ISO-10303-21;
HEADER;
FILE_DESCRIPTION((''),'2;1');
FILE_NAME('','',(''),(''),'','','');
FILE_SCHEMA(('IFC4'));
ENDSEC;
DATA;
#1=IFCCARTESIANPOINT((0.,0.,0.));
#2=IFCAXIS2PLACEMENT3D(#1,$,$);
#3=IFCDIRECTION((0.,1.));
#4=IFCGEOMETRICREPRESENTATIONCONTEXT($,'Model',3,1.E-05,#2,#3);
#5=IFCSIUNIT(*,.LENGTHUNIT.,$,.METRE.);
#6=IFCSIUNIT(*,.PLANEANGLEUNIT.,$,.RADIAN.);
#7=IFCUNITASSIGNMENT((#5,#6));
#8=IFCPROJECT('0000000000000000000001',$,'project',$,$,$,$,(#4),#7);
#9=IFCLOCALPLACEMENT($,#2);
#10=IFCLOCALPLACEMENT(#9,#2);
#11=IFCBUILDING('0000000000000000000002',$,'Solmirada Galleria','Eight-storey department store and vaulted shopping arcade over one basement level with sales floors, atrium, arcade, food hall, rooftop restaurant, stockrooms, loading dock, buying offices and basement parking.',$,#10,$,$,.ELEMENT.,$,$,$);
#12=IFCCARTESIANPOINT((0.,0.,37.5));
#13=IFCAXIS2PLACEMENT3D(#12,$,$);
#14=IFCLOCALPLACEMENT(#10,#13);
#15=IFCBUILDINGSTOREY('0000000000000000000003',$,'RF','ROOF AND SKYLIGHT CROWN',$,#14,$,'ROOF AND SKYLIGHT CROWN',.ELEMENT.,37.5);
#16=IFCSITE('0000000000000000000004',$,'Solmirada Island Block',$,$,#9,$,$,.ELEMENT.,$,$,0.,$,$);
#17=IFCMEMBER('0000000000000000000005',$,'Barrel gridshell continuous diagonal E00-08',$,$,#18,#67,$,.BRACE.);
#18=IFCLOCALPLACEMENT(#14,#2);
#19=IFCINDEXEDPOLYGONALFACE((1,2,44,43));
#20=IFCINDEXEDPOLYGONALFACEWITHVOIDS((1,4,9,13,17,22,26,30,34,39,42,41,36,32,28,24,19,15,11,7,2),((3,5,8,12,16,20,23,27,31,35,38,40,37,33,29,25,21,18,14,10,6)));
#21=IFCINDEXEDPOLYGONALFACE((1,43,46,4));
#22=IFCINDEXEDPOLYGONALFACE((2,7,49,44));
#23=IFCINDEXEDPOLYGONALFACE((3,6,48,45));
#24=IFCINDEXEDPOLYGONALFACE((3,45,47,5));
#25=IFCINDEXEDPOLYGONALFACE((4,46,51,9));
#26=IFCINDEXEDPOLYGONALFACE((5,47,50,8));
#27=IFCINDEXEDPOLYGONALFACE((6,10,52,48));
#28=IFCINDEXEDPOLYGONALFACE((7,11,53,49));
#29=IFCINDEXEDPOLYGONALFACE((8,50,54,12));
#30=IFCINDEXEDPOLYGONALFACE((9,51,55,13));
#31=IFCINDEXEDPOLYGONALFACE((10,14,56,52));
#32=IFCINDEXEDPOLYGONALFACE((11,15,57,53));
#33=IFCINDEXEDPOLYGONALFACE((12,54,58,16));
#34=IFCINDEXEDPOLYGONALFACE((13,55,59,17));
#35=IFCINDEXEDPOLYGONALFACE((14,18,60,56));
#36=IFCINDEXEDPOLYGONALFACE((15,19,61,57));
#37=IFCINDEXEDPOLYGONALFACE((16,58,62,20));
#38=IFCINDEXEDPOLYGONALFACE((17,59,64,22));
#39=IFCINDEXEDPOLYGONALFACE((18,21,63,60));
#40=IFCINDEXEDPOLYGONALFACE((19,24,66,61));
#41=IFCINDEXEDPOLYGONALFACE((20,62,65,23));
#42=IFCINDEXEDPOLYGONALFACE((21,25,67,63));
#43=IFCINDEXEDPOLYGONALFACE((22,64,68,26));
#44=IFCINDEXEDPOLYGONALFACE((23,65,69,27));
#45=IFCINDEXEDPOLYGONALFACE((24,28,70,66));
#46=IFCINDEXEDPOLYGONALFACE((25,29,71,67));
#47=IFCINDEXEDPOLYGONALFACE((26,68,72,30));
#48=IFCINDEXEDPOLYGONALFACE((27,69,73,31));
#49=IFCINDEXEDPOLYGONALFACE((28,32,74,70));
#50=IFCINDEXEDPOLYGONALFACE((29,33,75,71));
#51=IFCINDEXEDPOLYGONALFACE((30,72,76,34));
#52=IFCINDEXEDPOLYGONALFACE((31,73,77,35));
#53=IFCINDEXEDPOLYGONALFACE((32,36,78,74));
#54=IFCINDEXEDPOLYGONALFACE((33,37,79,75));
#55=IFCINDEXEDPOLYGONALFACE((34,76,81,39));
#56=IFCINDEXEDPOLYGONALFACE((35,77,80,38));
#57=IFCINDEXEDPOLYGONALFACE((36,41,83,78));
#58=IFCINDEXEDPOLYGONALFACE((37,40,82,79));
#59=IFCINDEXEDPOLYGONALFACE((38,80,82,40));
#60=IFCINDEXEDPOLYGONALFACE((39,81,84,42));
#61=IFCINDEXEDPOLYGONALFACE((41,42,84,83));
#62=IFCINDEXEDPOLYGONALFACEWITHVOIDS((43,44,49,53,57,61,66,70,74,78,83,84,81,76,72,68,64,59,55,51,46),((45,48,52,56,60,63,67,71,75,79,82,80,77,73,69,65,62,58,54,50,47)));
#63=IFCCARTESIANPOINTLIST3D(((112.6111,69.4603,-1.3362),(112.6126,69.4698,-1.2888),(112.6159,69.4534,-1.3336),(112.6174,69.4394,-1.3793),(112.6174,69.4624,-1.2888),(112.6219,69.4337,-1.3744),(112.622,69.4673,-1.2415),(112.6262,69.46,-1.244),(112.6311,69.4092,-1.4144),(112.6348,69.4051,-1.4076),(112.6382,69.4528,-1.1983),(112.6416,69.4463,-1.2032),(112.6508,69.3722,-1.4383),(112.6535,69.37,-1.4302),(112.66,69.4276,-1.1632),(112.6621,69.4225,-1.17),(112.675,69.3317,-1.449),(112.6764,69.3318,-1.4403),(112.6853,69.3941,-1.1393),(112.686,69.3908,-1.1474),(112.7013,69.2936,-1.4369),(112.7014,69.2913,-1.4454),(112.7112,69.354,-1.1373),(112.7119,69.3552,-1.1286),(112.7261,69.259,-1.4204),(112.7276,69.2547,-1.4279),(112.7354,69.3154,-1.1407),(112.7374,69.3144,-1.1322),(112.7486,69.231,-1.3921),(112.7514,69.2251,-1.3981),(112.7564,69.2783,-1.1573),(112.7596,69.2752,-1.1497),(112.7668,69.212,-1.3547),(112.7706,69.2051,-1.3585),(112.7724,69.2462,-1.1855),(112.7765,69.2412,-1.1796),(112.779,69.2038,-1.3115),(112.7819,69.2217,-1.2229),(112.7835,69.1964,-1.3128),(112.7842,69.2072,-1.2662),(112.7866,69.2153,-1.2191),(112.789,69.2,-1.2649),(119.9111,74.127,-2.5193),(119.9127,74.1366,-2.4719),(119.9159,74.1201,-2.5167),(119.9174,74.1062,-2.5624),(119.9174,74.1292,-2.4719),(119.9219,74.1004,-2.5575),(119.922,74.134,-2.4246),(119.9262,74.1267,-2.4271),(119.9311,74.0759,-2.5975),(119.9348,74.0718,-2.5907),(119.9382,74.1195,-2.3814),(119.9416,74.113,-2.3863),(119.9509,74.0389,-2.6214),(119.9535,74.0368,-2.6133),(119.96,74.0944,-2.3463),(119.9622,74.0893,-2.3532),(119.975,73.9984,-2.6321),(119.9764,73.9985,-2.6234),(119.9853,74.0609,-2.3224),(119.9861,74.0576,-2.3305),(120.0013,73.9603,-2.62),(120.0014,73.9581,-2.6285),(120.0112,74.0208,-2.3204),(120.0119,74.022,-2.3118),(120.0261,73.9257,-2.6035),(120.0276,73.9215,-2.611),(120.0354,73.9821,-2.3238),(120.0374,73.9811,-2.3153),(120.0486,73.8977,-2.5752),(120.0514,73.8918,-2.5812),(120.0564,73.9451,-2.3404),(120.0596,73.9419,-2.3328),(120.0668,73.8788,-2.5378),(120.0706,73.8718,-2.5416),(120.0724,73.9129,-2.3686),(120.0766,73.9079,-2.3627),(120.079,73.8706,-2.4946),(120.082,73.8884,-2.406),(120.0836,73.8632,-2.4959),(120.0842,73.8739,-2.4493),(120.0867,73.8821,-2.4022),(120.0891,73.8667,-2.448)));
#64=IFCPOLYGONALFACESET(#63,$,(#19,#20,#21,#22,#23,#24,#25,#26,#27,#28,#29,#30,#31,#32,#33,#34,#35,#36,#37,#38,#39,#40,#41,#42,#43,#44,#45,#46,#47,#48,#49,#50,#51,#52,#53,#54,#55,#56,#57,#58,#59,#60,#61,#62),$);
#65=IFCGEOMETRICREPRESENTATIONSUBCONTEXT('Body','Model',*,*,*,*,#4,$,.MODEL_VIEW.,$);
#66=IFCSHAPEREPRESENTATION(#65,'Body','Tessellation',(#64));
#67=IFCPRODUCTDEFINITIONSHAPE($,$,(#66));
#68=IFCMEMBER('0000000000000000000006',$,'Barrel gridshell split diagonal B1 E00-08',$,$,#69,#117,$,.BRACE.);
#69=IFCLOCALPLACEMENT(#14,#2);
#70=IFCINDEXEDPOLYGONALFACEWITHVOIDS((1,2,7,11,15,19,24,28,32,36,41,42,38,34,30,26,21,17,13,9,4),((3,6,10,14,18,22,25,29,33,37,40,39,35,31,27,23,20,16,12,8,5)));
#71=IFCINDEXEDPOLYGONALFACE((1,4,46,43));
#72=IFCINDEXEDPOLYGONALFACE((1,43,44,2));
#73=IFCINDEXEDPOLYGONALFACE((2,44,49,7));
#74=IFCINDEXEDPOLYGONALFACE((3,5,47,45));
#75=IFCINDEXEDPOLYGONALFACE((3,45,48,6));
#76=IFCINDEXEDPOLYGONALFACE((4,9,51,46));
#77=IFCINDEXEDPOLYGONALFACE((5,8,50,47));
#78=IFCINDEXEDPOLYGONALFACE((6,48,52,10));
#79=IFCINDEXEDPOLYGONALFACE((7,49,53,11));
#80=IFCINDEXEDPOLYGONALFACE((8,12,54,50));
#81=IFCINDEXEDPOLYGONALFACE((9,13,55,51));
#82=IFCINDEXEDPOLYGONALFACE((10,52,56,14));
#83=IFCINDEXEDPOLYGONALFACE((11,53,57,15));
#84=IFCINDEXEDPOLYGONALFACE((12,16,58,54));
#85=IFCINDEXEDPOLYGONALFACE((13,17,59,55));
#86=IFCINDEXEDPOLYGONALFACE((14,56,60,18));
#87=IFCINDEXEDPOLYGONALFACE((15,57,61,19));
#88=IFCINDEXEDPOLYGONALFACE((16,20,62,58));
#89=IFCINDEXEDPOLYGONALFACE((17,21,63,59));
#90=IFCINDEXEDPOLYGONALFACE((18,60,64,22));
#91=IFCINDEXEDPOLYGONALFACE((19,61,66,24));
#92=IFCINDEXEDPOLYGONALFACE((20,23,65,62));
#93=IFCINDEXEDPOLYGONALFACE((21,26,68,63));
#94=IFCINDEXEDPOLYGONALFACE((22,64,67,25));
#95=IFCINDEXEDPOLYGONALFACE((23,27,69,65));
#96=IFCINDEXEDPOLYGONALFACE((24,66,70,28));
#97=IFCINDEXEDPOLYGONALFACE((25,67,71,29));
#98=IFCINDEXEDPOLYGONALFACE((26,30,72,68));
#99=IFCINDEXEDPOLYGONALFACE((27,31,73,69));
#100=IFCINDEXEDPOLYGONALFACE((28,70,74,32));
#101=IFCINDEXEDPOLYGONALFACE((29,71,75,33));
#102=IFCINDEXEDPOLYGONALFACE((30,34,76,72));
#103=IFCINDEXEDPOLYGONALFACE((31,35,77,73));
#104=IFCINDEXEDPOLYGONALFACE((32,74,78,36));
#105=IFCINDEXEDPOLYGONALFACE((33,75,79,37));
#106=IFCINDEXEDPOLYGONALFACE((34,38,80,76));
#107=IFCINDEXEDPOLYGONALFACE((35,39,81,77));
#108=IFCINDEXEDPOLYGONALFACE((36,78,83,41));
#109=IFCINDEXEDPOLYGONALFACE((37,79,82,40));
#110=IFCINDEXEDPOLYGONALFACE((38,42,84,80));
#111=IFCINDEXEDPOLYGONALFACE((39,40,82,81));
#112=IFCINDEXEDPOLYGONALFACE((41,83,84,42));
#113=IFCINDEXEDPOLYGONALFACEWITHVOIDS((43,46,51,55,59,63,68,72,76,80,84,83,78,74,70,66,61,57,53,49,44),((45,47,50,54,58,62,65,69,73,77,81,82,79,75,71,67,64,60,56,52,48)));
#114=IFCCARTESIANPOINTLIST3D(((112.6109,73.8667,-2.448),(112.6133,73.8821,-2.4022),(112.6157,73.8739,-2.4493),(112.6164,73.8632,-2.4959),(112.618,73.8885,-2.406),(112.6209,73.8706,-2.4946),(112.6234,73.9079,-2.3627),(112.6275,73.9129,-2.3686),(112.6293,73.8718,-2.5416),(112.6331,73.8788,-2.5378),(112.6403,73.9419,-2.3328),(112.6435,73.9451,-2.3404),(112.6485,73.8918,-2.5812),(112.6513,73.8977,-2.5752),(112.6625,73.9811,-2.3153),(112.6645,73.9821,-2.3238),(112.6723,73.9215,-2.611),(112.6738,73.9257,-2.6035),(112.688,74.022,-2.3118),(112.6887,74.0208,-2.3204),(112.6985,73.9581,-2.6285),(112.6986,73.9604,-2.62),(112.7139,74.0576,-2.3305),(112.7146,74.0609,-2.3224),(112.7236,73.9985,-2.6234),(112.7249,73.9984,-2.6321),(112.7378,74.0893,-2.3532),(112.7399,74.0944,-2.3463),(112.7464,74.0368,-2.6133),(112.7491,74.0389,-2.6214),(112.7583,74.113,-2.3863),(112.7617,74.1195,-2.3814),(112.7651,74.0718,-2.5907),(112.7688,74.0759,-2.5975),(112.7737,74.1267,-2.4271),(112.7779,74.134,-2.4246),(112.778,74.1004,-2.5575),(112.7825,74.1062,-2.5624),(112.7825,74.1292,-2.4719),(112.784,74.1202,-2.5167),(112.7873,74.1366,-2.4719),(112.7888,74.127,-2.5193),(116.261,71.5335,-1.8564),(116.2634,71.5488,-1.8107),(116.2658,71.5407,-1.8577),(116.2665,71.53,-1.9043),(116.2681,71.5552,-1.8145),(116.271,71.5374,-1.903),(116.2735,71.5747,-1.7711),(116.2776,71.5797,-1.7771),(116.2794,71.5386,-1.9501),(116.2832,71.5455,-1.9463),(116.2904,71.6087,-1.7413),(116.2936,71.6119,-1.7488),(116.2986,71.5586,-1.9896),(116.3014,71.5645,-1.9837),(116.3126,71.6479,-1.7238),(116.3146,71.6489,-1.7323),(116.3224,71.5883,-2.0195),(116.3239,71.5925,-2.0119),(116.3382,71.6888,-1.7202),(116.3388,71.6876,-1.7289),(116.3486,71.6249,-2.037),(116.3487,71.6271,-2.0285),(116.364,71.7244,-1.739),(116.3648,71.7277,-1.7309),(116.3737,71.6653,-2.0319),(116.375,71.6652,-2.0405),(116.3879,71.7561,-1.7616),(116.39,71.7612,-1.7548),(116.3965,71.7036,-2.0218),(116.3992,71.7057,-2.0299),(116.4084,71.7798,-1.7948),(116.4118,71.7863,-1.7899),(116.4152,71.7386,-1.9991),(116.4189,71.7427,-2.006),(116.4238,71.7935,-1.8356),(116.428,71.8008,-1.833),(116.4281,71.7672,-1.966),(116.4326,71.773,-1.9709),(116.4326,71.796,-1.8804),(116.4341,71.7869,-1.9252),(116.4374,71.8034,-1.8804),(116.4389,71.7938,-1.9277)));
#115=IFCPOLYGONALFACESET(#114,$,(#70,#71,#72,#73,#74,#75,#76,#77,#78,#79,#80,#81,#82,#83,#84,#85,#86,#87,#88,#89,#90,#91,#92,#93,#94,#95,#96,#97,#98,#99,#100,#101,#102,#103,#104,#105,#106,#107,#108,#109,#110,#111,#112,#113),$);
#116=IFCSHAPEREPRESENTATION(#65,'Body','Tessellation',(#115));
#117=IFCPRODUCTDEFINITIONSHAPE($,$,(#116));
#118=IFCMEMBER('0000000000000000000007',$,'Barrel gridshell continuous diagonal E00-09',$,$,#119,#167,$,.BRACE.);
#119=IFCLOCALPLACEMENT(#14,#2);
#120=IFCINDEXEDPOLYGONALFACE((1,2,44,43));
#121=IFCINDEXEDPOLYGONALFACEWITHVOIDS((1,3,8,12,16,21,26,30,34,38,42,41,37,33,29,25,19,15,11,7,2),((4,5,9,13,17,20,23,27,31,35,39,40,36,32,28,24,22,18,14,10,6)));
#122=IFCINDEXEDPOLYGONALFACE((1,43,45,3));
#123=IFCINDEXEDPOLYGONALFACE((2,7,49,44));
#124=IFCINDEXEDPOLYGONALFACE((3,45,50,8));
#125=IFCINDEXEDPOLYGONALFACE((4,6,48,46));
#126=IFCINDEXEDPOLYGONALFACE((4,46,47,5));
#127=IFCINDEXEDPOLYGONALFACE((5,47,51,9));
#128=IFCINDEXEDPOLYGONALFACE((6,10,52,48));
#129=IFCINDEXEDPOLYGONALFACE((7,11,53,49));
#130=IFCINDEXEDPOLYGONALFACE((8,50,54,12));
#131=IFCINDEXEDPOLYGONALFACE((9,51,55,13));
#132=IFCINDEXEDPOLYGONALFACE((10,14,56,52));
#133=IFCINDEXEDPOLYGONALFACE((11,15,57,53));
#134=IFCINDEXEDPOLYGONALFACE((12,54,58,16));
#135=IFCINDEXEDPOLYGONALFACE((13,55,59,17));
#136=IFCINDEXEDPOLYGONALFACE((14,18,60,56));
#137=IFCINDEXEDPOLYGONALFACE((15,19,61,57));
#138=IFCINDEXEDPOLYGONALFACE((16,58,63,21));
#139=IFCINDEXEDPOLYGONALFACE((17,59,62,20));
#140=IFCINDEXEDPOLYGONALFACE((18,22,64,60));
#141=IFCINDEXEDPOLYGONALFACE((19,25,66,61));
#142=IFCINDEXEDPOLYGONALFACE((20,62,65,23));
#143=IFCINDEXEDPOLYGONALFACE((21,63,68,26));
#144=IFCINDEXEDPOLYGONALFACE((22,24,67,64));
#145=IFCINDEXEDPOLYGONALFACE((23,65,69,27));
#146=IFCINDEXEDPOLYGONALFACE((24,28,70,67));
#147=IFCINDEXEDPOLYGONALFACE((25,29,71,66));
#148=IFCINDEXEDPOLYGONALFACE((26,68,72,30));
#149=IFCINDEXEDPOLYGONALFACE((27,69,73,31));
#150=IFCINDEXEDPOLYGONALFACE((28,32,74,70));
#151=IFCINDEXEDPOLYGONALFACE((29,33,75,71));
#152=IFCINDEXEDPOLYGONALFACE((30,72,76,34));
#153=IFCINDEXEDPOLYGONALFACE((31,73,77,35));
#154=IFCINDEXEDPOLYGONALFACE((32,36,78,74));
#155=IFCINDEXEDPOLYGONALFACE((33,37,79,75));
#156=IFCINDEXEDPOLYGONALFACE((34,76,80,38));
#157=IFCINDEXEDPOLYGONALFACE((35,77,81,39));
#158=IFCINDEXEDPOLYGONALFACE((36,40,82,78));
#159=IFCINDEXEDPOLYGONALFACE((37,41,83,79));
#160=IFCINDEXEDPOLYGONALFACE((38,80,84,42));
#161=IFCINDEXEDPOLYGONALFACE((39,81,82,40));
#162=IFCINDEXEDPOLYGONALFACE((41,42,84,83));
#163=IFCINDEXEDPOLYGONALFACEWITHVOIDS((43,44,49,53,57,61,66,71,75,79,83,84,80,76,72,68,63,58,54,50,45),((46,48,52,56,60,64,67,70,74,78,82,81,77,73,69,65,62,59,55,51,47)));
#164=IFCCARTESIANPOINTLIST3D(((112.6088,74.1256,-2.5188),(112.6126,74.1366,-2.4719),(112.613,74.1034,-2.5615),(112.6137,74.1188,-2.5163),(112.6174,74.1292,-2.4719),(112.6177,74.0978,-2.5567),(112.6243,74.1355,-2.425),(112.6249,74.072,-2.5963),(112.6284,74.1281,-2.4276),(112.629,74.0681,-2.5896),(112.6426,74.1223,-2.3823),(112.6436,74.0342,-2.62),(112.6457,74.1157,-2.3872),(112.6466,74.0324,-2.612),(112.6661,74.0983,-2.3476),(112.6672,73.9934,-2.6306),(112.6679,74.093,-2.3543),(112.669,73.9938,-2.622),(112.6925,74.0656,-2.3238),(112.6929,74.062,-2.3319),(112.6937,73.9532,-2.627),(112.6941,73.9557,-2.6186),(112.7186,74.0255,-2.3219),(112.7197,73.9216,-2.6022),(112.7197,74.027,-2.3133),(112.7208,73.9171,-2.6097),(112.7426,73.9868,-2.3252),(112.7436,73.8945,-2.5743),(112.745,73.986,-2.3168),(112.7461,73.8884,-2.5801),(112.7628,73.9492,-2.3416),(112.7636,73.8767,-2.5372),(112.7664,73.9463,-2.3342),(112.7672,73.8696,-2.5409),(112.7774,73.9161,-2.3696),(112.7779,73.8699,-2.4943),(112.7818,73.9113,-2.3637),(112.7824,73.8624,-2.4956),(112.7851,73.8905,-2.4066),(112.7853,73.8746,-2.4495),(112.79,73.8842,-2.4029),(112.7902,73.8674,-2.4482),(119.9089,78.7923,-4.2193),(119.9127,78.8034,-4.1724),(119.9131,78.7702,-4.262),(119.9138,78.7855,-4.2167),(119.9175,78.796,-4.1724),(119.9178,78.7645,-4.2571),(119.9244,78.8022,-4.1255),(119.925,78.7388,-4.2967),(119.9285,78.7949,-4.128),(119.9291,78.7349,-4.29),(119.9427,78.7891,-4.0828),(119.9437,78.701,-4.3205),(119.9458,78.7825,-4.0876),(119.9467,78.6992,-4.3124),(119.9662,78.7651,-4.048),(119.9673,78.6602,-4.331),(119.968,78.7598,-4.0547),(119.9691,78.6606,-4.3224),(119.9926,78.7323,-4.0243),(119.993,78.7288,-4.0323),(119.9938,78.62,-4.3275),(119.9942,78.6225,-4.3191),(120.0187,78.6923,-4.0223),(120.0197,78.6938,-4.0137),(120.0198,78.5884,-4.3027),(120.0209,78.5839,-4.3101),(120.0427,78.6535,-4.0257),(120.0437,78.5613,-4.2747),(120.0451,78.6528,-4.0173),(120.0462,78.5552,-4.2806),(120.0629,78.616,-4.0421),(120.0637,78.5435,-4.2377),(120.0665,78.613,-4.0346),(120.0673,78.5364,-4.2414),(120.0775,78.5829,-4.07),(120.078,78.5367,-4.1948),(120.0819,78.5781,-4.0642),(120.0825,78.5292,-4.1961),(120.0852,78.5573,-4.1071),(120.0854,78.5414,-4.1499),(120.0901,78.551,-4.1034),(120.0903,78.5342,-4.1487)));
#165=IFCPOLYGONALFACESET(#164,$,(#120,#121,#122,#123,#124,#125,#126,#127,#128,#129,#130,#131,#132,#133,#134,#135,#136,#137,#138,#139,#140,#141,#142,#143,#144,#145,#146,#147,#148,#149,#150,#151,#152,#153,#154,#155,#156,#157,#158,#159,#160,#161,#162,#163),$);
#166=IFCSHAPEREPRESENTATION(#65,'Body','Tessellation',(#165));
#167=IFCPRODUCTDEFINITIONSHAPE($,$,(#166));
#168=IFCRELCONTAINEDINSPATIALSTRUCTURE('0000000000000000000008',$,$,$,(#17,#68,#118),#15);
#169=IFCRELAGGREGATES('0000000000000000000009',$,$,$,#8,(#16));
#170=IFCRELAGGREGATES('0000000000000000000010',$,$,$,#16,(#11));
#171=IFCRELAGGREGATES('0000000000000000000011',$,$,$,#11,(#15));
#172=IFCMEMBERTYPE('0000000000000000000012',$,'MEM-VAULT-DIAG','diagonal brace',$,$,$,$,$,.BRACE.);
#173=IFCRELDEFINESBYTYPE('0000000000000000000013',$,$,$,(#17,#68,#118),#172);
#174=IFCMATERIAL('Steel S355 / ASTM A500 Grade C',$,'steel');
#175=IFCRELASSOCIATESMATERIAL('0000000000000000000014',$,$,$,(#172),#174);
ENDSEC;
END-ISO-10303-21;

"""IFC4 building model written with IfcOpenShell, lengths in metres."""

from ifc_helpers import new_model, si_unit, direction, frame, origin, origin_2d, place, context, subcontext, project, spatial, hollow_circle, extrude, material, material_profile, profile_set, type_object, element, save


model = new_model("IFC4")

# Units and contexts
model_context = context("Model", 3, precision=1e-05, world=origin(), true_north=direction((0.0, 1.0)))
body_context = subcontext(model_context, "Body", "Model", "MODEL_VIEW")
ifc_project = project(units=[si_unit("LENGTHUNIT", "METRE"), si_unit("PLANEANGLEUNIT", "RADIAN")], contexts=[model_context])

# Site, building, storey
site_placement = place(None, origin())
site = spatial("IfcSite", under=ifc_project, at=site_placement, Name="Solmirada Island Block", CompositionType="ELEMENT", RefElevation=0.0)
building_placement = place(site_placement, origin())
building = spatial("IfcBuilding", under=site, at=building_placement, Name="Solmirada Galleria", Description="Eight-storey department store and vaulted shopping arcade over one basement level with sales floors, atrium, arcade, food hall, rooftop restaurant, stockrooms, loading dock, buying offices and basement parking.", CompositionType="ELEMENT")
storey_placement = place(building_placement, frame((0.0, 0.0, 37.5)))
storey = spatial("IfcBuildingStorey", under=building, at=storey_placement, Name="RF", Description="ROOF AND SKYLIGHT CROWN", LongName="ROOF AND SKYLIGHT CROWN", CompositionType="ELEMENT", Elevation=37.5)

# Members
ifc_material_1 = material(Name="Steel S355 / ASTM A500 Grade C", Category="steel")
ifc_material_profile_1 = material_profile(ifc_material_1, hollow_circle(Radius=0.1621, WallThickness=0.0088, at=origin_2d()), Name="HSS12.750X0.375")
ifc_profile_set_1 = profile_set([ifc_material_profile_1], Name="Steel S355 / ASTM A500 Grade C")
member_type_1 = type_object("IfcMemberType", Name="MEM-VAULT-DIAG", Description="diagonal brace", PredefinedType="BRACE", material=ifc_profile_set_1)
member_1_placement = place(storey_placement, frame((112.7, 69.3333, -1.2888), z_axis=(0.834801, 0.533669, -0.135295), x_axis=(-0.538621, 0.842548, 0.0)))
element("IfcMember", 1, at=member_1_placement, inside=storey, type_object=member_type_1, Name="Barrel gridshell continuous diagonal E00-08", PredefinedType="BRACE", context=body_context, shape_type="SweptSolid", body=[
    extrude(hollow_circle(Radius=0.1621, WallThickness=0.0088, at=origin_2d()), origin(), (0.0, 0.0, 1.0), 8.7446),
])
member_2_placement = place(storey_placement, frame((112.7, 74.0, -2.4719), z_axis=(0.834822, -0.533636, 0.135294), x_axis=(0.538588, 0.842569, 0.0)))
element("IfcMember", 2, at=member_2_placement, inside=storey, type_object=member_type_1, Name="Barrel gridshell split diagonal B1 E00-08", PredefinedType="BRACE", context=body_context, shape_type="SweptSolid", body=[
    extrude(hollow_circle(Radius=0.1621, WallThickness=0.0088, at=origin_2d()), origin(), (0.0, 0.0, 1.0), 4.3723),
])
member_3_placement = place(storey_placement, frame((112.7, 74.0, -2.4719), z_axis=(0.826776, 0.528538, -0.192585), x_axis=(-0.538621, 0.842548, 0.0)))
element("IfcMember", 3, at=member_3_placement, inside=storey, type_object=member_type_1, Name="Barrel gridshell continuous diagonal E00-09", PredefinedType="BRACE", context=body_context, shape_type="SweptSolid", body=[
    extrude(hollow_circle(Radius=0.1621, WallThickness=0.0088, at=origin_2d()), origin(), (0.0, 0.0, 1.0), 8.8296),
])

save(model, "model.ifc")
